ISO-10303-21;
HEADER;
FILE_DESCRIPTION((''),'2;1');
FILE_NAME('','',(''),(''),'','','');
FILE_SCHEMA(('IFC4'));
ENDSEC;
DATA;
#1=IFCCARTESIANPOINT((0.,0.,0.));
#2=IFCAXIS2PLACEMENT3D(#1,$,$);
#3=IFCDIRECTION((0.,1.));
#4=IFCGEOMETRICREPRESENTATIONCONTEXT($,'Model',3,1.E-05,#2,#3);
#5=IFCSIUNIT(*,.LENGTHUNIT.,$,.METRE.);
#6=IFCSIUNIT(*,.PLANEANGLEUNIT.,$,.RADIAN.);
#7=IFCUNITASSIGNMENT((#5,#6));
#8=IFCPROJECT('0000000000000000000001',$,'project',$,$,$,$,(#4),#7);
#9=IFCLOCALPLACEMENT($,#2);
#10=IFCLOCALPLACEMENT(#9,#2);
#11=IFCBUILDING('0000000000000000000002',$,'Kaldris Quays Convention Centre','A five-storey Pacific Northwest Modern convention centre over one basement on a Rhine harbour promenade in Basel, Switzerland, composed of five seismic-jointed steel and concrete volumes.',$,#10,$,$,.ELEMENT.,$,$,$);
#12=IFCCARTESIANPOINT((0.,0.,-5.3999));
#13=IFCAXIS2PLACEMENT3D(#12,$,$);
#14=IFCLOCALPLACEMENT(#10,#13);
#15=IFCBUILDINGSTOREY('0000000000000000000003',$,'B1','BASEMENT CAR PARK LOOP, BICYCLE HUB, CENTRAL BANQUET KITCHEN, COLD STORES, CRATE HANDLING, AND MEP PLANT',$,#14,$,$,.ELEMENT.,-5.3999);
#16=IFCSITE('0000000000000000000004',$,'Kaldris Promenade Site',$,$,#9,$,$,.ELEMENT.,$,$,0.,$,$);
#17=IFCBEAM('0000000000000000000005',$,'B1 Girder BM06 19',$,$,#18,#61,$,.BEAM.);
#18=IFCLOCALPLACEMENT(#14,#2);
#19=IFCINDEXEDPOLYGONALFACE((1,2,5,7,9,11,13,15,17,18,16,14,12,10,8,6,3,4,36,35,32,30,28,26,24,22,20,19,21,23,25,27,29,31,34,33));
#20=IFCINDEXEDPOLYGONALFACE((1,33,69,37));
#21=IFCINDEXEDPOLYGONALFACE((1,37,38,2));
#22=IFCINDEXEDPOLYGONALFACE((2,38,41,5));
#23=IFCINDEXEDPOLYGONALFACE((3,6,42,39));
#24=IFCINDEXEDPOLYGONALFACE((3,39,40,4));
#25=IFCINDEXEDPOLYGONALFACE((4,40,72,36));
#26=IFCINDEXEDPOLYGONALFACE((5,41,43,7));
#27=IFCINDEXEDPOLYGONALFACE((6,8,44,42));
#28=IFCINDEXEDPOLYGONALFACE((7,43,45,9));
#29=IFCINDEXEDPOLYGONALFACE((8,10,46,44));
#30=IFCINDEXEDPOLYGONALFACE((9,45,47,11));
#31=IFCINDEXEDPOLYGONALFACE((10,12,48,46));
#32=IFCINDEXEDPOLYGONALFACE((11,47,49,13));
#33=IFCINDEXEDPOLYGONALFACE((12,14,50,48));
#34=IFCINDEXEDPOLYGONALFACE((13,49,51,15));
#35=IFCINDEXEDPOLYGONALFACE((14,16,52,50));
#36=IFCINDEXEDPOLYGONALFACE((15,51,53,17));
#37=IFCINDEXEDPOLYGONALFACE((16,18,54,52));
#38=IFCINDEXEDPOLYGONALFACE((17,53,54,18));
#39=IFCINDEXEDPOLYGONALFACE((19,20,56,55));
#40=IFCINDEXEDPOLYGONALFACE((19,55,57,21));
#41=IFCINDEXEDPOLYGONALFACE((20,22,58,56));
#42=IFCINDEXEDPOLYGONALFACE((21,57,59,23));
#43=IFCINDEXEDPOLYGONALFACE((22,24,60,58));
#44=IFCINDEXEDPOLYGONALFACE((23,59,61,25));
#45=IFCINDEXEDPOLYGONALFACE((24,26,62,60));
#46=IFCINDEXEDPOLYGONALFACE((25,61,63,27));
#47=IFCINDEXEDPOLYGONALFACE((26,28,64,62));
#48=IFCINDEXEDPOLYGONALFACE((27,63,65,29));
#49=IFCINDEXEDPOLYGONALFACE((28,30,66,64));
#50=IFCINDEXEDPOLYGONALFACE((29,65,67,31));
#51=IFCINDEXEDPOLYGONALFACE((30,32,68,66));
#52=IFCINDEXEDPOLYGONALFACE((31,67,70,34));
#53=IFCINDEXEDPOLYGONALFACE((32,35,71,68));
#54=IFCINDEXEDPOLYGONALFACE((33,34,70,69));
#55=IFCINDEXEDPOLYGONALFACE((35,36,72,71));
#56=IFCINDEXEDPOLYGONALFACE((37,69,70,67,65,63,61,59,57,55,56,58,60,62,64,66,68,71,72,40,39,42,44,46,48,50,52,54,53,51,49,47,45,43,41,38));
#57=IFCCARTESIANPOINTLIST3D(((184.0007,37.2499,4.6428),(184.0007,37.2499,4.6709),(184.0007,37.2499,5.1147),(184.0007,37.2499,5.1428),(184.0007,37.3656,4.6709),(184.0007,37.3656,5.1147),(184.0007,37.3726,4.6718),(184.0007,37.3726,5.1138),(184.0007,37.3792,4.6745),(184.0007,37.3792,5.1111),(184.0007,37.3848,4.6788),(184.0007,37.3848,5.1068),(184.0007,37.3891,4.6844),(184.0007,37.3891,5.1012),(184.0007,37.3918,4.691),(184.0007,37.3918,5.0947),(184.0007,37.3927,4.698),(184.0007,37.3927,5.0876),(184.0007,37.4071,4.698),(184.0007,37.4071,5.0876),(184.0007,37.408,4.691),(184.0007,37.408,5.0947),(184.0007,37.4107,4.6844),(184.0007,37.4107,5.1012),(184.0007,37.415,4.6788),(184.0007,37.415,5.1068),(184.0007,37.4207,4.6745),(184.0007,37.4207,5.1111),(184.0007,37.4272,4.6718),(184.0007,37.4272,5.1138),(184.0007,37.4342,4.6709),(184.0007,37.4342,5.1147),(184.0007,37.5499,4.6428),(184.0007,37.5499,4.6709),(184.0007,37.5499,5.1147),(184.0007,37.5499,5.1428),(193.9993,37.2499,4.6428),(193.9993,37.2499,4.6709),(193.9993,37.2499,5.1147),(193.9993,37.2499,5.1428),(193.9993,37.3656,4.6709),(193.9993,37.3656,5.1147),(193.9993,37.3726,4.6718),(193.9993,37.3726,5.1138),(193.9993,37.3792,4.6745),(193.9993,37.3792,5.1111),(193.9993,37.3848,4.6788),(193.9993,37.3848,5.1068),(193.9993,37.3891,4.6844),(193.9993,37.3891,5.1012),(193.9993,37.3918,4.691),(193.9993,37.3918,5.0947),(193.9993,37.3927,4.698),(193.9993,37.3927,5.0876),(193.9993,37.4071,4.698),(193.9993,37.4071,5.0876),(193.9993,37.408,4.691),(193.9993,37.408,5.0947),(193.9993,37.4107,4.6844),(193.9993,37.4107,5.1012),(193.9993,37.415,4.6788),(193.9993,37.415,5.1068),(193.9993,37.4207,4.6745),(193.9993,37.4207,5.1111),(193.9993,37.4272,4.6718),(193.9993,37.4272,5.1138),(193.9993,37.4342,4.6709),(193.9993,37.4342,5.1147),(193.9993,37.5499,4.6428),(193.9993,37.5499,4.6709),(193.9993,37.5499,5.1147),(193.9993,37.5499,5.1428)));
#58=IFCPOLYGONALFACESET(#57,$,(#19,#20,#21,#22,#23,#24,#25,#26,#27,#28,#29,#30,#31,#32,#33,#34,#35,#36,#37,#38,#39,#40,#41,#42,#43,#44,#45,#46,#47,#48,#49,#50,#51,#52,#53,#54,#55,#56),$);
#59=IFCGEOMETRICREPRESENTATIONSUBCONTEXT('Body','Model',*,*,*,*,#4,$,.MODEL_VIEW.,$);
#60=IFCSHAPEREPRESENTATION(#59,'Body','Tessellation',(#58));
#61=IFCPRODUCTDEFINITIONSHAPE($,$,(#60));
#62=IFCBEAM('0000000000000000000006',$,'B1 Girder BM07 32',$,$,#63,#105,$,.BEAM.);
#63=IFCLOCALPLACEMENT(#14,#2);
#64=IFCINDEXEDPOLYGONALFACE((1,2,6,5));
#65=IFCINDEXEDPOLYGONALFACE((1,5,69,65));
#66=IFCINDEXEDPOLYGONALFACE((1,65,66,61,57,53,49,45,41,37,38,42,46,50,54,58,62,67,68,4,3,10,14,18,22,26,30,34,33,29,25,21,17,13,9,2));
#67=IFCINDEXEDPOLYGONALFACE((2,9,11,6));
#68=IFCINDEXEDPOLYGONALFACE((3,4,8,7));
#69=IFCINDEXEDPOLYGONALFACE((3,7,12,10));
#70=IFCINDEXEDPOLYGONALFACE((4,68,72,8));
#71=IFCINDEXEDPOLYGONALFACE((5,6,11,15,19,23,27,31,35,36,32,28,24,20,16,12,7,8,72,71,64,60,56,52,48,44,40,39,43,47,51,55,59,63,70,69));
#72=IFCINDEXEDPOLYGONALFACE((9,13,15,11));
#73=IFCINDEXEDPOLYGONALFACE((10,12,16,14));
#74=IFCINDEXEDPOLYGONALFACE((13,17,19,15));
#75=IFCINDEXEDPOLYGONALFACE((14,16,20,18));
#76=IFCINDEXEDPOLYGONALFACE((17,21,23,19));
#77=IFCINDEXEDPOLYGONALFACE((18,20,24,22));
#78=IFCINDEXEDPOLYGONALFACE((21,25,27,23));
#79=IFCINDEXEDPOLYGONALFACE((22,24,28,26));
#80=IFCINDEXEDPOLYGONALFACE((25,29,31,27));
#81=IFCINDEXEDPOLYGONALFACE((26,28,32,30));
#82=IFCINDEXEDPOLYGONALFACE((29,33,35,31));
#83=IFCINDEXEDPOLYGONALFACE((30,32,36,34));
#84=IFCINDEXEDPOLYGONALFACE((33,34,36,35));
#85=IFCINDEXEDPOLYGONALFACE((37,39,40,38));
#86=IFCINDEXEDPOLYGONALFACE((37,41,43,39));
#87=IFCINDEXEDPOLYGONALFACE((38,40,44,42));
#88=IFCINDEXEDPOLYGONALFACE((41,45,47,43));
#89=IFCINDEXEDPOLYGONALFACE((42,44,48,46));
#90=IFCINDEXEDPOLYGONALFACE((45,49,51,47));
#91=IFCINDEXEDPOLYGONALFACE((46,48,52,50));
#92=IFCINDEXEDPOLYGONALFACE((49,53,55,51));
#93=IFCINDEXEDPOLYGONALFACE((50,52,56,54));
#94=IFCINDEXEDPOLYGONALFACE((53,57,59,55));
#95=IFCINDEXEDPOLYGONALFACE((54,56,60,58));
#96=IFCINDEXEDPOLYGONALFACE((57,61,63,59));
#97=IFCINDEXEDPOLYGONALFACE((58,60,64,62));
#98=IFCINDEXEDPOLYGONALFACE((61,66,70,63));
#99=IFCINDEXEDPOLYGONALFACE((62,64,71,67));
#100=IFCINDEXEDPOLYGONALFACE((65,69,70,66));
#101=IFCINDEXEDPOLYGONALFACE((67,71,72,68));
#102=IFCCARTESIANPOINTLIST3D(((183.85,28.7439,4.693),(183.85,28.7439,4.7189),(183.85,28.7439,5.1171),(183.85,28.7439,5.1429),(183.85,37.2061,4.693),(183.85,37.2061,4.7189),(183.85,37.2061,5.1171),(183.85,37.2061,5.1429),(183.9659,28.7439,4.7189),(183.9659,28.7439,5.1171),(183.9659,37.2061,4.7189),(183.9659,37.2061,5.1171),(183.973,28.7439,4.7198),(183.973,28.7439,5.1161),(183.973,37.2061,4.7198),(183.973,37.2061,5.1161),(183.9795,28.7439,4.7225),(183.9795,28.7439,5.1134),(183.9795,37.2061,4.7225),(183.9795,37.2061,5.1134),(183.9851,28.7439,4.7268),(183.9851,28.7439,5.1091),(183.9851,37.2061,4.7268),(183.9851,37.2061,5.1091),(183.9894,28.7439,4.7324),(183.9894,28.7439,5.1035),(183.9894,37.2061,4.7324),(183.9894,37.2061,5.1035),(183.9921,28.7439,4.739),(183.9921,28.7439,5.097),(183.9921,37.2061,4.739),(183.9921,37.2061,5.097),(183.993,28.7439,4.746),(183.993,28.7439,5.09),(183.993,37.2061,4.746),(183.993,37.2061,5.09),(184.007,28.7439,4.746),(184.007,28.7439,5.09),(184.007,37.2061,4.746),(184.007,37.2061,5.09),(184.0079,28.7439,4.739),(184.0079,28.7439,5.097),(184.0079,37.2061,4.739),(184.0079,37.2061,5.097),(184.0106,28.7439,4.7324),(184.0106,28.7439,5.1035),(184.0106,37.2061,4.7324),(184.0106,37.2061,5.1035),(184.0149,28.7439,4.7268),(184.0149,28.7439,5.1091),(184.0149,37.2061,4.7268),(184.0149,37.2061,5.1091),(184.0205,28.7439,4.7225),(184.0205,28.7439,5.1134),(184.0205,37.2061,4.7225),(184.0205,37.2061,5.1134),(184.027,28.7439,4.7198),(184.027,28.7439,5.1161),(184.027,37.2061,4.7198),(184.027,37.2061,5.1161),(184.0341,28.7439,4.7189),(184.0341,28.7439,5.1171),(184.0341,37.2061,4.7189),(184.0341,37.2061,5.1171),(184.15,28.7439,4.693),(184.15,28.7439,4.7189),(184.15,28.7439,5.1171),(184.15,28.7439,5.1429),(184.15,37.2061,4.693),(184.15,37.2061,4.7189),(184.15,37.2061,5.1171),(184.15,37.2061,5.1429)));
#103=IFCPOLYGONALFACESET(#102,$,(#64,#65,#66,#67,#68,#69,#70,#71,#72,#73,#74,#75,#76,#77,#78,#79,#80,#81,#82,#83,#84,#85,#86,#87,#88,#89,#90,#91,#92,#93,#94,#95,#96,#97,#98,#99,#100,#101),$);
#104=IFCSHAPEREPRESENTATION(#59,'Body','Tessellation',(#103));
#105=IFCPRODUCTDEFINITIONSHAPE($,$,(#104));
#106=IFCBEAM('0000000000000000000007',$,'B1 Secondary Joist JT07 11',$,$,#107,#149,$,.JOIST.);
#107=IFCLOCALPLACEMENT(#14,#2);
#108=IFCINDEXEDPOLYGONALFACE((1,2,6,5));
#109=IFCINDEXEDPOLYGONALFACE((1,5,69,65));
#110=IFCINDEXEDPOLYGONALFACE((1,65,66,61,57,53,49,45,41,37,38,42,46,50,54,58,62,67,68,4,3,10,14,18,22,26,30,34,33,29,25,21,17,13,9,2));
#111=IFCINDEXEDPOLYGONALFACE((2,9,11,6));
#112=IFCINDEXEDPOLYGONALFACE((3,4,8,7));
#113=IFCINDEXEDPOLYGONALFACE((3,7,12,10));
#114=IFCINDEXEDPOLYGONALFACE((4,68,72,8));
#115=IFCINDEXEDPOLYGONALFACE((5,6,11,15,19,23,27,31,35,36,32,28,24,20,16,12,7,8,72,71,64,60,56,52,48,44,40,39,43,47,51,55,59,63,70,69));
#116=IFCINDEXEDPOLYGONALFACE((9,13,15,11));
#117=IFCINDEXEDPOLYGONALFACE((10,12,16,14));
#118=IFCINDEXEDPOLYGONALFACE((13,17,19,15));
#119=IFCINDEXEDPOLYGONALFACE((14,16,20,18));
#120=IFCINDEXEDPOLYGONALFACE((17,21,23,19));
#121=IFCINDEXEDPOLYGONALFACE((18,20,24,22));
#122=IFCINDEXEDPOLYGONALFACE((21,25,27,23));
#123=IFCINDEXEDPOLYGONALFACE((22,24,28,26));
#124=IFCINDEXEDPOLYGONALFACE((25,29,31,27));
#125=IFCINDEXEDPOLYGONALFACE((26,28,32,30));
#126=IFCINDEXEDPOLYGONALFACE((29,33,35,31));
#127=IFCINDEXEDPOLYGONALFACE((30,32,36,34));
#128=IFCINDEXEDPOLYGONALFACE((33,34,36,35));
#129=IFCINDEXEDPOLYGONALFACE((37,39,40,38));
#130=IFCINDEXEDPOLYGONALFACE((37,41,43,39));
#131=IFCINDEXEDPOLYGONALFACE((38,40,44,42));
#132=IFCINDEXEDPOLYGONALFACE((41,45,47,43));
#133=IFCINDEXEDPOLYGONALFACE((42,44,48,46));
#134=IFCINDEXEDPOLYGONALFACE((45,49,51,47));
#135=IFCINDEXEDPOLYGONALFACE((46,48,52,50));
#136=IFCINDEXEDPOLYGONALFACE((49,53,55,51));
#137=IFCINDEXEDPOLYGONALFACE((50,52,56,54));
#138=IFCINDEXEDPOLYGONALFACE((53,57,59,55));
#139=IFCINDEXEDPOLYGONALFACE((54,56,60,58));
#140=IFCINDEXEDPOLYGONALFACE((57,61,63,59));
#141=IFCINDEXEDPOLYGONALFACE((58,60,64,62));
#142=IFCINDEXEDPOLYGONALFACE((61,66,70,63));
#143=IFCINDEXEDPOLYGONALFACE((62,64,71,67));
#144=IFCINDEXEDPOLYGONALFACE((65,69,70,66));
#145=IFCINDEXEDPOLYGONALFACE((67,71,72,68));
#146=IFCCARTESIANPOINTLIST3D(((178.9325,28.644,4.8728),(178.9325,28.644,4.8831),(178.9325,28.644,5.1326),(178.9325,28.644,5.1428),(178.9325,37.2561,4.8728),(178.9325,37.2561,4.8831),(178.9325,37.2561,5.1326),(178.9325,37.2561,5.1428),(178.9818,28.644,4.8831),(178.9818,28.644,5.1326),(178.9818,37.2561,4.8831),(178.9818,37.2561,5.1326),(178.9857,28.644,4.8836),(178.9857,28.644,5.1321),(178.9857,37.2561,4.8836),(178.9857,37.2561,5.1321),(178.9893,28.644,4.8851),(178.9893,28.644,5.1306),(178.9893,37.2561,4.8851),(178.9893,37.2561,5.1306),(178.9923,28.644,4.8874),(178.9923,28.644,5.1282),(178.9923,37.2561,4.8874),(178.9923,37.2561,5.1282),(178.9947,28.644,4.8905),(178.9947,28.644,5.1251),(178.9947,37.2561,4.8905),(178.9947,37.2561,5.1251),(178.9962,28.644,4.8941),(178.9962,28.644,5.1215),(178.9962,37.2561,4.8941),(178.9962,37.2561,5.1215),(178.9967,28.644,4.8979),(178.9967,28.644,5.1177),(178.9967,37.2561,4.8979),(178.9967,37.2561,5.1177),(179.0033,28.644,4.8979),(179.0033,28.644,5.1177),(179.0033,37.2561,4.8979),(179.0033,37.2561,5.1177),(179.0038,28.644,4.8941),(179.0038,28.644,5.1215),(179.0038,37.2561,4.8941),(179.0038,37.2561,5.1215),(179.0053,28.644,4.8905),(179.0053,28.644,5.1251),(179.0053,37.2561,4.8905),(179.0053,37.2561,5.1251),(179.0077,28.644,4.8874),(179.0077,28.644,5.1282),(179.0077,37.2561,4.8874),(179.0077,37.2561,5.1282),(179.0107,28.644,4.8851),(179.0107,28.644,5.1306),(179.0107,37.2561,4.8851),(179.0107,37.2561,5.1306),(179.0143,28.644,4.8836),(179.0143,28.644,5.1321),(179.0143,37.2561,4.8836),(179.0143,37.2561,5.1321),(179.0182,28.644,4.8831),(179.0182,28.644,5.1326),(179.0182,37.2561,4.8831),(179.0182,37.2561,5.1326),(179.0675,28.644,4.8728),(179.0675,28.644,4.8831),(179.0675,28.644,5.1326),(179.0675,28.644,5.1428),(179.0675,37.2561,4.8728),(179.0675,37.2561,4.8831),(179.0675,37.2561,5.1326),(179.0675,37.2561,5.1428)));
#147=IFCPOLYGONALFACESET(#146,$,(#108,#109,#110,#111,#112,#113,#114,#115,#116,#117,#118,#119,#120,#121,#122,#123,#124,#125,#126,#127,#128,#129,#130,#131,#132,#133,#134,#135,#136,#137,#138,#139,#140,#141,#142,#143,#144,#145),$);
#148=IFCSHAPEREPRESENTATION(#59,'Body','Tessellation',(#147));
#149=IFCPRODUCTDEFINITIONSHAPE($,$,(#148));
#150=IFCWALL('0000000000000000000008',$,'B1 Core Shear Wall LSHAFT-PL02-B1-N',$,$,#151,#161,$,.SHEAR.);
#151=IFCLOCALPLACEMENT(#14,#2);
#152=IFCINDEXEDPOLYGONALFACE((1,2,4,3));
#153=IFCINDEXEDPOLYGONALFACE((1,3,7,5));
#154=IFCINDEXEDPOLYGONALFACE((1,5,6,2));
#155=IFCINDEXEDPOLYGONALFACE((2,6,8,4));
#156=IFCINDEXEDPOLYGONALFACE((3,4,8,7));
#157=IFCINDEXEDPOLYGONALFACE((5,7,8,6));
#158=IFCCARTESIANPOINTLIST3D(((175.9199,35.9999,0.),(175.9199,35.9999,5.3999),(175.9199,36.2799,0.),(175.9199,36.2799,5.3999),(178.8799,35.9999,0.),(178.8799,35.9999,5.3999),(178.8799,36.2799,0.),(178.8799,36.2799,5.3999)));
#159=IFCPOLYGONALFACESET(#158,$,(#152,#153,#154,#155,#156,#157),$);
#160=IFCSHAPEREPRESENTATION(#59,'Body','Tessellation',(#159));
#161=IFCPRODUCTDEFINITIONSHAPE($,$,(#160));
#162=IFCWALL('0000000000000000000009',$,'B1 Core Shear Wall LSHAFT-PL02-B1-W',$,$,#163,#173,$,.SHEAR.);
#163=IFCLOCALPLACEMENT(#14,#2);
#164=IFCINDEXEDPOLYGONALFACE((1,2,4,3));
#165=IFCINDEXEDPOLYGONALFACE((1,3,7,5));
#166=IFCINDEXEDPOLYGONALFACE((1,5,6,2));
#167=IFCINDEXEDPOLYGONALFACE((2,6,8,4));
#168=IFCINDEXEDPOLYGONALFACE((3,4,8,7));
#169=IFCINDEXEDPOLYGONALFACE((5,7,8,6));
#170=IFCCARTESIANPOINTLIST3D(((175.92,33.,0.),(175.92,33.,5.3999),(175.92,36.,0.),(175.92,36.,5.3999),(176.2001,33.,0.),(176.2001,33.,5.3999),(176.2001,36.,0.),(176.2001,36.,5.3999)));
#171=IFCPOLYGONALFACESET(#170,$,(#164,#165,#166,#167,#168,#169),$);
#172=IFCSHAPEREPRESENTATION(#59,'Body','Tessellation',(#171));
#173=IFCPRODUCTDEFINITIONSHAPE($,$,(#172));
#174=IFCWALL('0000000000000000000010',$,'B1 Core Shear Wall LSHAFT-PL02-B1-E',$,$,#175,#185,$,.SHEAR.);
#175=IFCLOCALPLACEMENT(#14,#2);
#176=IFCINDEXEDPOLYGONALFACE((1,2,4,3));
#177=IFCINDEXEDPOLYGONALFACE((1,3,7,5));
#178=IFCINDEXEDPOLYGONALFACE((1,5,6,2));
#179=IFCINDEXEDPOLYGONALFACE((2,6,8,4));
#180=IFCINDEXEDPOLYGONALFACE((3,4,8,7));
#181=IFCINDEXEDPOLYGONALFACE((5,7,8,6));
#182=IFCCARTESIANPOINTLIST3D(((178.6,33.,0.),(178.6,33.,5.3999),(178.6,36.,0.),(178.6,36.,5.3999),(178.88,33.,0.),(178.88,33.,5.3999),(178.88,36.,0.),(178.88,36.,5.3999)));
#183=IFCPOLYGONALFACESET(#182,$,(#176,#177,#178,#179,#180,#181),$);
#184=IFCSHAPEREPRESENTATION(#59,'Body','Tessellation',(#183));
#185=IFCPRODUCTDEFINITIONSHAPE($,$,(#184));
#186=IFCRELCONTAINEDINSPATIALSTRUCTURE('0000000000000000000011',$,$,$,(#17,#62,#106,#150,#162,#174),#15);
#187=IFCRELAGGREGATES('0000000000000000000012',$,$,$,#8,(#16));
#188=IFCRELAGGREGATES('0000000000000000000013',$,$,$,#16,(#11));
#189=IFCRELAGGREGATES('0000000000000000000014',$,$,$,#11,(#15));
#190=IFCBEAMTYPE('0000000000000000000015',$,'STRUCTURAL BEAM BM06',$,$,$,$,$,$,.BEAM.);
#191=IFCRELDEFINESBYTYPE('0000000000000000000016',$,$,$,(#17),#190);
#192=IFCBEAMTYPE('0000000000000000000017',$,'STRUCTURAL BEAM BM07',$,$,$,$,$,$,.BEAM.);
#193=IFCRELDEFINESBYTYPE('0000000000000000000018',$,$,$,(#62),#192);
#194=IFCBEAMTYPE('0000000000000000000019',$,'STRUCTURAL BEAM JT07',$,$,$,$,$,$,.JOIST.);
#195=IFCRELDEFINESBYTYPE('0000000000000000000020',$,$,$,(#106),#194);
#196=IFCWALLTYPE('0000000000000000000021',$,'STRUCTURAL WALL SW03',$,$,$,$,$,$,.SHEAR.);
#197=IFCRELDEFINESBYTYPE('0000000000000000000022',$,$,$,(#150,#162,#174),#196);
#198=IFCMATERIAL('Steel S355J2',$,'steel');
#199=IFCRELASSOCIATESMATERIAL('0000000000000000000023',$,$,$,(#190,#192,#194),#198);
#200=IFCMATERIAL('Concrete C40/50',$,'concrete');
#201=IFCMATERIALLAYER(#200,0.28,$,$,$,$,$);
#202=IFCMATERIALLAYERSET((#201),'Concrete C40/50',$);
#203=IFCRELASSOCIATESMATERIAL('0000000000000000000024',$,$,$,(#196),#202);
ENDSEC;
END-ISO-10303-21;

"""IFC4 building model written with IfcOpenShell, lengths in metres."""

from ifc_helpers import new_model, si_unit, direction, frame, frame_2d, origin, origin_2d, place, context, subcontext, project, spatial, rectangle, i_section, extrude, material, layer, layer_set, material_profile, profile_set, type_object, element, save


model = new_model("IFC4")

# Units and contexts
model_context = context("Model", 3, precision=1e-05, world=origin(), true_north=direction((0.0, 1.0)))
body_context = subcontext(model_context, "Body", "Model", "MODEL_VIEW")
ifc_project = project(units=[si_unit("LENGTHUNIT", "METRE"), si_unit("PLANEANGLEUNIT", "RADIAN")], contexts=[model_context])

# Site, building, storey
site_placement = place(None, origin())
site = spatial("IfcSite", under=ifc_project, at=site_placement, Name="Kaldris Promenade Site", CompositionType="ELEMENT", RefElevation=0.0)
building_placement = place(site_placement, origin())
building = spatial("IfcBuilding", under=site, at=building_placement, Name="Kaldris Quays Convention Centre", Description="A five-storey Pacific Northwest Modern convention centre over one basement on a Rhine harbour promenade in Basel, Switzerland, composed of five seismic-jointed steel and concrete volumes.", CompositionType="ELEMENT")
storey_placement = place(building_placement, frame((0.0, 0.0, -5.3999)))
storey = spatial("IfcBuildingStorey", under=building, at=storey_placement, Name="B1", Description="BASEMENT CAR PARK LOOP, BICYCLE HUB, CENTRAL BANQUET KITCHEN, COLD STORES, CRATE HANDLING, AND MEP PLANT", CompositionType="ELEMENT", Elevation=-5.3999)

# Shared definitions
ifc_material_1 = material(Name="Steel S355J2", Category="steel")

# Beams
ifc_material_profile_1 = material_profile(ifc_material_1, i_section(OverallWidth=0.3, OverallDepth=0.5, WebThickness=0.0144, FlangeThickness=0.0281, FilletRadius=0.0271, at=origin_2d()), Name="HEB 500")
ifc_profile_set_1 = profile_set([ifc_material_profile_1], Name="Steel S355J2")
beam_type_1 = type_object("IfcBeamType", Name="STRUCTURAL BEAM BM06", PredefinedType="BEAM", material=ifc_profile_set_1)
beam_1_placement = place(storey_placement, frame((184.0007, 37.3999, 4.8928), z_axis=(1.0, 0.0, 0.0), x_axis=(0.0, 1.0, 0.0)))
element("IfcBeam", 1, at=beam_1_placement, inside=storey, type_object=beam_type_1, Name="B1 Girder BM06 19", PredefinedType="BEAM", context=body_context, shape_type="SweptSolid", body=[
    extrude(i_section(OverallWidth=0.3, OverallDepth=0.5, WebThickness=0.0144, FlangeThickness=0.0281, FilletRadius=0.0271, at=origin_2d()), origin(), (0.0, 0.0, 1.0), 9.9985),
])
ifc_material_profile_2 = material_profile(ifc_material_1, i_section(OverallWidth=0.3, OverallDepth=0.45, WebThickness=0.0139, FlangeThickness=0.0259, FilletRadius=0.0271, at=origin_2d()), Name="HEB 450")
ifc_profile_set_2 = profile_set([ifc_material_profile_2], Name="Steel S355J2")
beam_type_2 = type_object("IfcBeamType", Name="STRUCTURAL BEAM BM07", PredefinedType="BEAM", material=ifc_profile_set_2)
beam_2_placement = place(storey_placement, frame((184.0, 28.7439, 4.918), z_axis=(0.0, 1.0, 0.0), x_axis=(-1.0, 0.0, 0.0)))
element("IfcBeam", 2, at=beam_2_placement, inside=storey, type_object=beam_type_2, Name="B1 Girder BM07 32", PredefinedType="BEAM", context=body_context, shape_type="SweptSolid", body=[
    extrude(i_section(OverallWidth=0.3, OverallDepth=0.45, WebThickness=0.0139, FlangeThickness=0.0259, FilletRadius=0.0271, at=origin_2d()), origin(), (0.0, 0.0, 1.0), 8.4622),
])
ifc_material_profile_3 = material_profile(ifc_material_1, i_section(OverallWidth=0.135, OverallDepth=0.27, WebThickness=0.0066, FlangeThickness=0.0103, FilletRadius=0.0149, at=origin_2d()), Name="IPE 270")
ifc_profile_set_3 = profile_set([ifc_material_profile_3], Name="Steel S355J2")
beam_type_3 = type_object("IfcBeamType", Name="STRUCTURAL BEAM JT07", PredefinedType="JOIST", material=ifc_profile_set_3)
beam_3_placement = place(storey_placement, frame((179.0, 28.644, 5.0078), z_axis=(0.0, 1.0, 0.0), x_axis=(-1.0, 0.0, 0.0)))
element("IfcBeam", 3, at=beam_3_placement, inside=storey, type_object=beam_type_3, Name="B1 Secondary Joist JT07 11", PredefinedType="JOIST", context=body_context, shape_type="SweptSolid", body=[
    extrude(i_section(OverallWidth=0.135, OverallDepth=0.27, WebThickness=0.0066, FlangeThickness=0.0103, FilletRadius=0.0149, at=origin_2d()), origin(), (0.0, 0.0, 1.0), 8.6121),
])

# Shared definitions
ifc_material_2 = material(Name="Concrete C40/50", Category="concrete")
ifc_layer = layer(ifc_material_2, 0.28)
ifc_layer_set = layer_set([ifc_layer], Name="Concrete C40/50")
wall_type = type_object("IfcWallType", Name="STRUCTURAL WALL SW03", PredefinedType="SHEAR", material=ifc_layer_set)

# Walls
wall_1_placement = place(storey_placement, frame((175.9199, 36.1399, 0.0), z_axis=(0.0, 0.0, 1.0), x_axis=(1.0, 0.0, 0.0)))
element("IfcWall", 4, at=wall_1_placement, inside=storey, type_object=wall_type, Name="B1 Core Shear Wall LSHAFT-PL02-B1-N", PredefinedType="SHEAR", context=body_context, shape_type="SweptSolid", body=[
    extrude(rectangle(XDim=2.96, YDim=0.28, at=frame_2d((1.48, 0.0))), origin(), (0.0, 0.0, 1.0), 5.3999),
])
for number, where, z_axis, x_axis, name in (
    (5, (176.0601, 33.0, 0.0), (0.0, 0.0, 1.0), (0.0, 1.0, 0.0), "B1 Core Shear Wall LSHAFT-PL02-B1-W"),
    (6, (178.74, 33.0, 0.0), (0.0, 0.0, 1.0), (0.0, 1.0, 0.0), "B1 Core Shear Wall LSHAFT-PL02-B1-E"),
):
    element("IfcWall", number, at=place(storey_placement, frame(where, z_axis=z_axis, x_axis=x_axis)), inside=storey, type_object=wall_type, Name=name, PredefinedType="SHEAR", context=body_context, shape_type="SweptSolid", body=[
        extrude(rectangle(XDim=3.0, YDim=0.28, at=frame_2d((1.5, 0.0))), origin(), (0.0, 0.0, 1.0), 5.3999),
    ])

save(model, "model.ifc")
